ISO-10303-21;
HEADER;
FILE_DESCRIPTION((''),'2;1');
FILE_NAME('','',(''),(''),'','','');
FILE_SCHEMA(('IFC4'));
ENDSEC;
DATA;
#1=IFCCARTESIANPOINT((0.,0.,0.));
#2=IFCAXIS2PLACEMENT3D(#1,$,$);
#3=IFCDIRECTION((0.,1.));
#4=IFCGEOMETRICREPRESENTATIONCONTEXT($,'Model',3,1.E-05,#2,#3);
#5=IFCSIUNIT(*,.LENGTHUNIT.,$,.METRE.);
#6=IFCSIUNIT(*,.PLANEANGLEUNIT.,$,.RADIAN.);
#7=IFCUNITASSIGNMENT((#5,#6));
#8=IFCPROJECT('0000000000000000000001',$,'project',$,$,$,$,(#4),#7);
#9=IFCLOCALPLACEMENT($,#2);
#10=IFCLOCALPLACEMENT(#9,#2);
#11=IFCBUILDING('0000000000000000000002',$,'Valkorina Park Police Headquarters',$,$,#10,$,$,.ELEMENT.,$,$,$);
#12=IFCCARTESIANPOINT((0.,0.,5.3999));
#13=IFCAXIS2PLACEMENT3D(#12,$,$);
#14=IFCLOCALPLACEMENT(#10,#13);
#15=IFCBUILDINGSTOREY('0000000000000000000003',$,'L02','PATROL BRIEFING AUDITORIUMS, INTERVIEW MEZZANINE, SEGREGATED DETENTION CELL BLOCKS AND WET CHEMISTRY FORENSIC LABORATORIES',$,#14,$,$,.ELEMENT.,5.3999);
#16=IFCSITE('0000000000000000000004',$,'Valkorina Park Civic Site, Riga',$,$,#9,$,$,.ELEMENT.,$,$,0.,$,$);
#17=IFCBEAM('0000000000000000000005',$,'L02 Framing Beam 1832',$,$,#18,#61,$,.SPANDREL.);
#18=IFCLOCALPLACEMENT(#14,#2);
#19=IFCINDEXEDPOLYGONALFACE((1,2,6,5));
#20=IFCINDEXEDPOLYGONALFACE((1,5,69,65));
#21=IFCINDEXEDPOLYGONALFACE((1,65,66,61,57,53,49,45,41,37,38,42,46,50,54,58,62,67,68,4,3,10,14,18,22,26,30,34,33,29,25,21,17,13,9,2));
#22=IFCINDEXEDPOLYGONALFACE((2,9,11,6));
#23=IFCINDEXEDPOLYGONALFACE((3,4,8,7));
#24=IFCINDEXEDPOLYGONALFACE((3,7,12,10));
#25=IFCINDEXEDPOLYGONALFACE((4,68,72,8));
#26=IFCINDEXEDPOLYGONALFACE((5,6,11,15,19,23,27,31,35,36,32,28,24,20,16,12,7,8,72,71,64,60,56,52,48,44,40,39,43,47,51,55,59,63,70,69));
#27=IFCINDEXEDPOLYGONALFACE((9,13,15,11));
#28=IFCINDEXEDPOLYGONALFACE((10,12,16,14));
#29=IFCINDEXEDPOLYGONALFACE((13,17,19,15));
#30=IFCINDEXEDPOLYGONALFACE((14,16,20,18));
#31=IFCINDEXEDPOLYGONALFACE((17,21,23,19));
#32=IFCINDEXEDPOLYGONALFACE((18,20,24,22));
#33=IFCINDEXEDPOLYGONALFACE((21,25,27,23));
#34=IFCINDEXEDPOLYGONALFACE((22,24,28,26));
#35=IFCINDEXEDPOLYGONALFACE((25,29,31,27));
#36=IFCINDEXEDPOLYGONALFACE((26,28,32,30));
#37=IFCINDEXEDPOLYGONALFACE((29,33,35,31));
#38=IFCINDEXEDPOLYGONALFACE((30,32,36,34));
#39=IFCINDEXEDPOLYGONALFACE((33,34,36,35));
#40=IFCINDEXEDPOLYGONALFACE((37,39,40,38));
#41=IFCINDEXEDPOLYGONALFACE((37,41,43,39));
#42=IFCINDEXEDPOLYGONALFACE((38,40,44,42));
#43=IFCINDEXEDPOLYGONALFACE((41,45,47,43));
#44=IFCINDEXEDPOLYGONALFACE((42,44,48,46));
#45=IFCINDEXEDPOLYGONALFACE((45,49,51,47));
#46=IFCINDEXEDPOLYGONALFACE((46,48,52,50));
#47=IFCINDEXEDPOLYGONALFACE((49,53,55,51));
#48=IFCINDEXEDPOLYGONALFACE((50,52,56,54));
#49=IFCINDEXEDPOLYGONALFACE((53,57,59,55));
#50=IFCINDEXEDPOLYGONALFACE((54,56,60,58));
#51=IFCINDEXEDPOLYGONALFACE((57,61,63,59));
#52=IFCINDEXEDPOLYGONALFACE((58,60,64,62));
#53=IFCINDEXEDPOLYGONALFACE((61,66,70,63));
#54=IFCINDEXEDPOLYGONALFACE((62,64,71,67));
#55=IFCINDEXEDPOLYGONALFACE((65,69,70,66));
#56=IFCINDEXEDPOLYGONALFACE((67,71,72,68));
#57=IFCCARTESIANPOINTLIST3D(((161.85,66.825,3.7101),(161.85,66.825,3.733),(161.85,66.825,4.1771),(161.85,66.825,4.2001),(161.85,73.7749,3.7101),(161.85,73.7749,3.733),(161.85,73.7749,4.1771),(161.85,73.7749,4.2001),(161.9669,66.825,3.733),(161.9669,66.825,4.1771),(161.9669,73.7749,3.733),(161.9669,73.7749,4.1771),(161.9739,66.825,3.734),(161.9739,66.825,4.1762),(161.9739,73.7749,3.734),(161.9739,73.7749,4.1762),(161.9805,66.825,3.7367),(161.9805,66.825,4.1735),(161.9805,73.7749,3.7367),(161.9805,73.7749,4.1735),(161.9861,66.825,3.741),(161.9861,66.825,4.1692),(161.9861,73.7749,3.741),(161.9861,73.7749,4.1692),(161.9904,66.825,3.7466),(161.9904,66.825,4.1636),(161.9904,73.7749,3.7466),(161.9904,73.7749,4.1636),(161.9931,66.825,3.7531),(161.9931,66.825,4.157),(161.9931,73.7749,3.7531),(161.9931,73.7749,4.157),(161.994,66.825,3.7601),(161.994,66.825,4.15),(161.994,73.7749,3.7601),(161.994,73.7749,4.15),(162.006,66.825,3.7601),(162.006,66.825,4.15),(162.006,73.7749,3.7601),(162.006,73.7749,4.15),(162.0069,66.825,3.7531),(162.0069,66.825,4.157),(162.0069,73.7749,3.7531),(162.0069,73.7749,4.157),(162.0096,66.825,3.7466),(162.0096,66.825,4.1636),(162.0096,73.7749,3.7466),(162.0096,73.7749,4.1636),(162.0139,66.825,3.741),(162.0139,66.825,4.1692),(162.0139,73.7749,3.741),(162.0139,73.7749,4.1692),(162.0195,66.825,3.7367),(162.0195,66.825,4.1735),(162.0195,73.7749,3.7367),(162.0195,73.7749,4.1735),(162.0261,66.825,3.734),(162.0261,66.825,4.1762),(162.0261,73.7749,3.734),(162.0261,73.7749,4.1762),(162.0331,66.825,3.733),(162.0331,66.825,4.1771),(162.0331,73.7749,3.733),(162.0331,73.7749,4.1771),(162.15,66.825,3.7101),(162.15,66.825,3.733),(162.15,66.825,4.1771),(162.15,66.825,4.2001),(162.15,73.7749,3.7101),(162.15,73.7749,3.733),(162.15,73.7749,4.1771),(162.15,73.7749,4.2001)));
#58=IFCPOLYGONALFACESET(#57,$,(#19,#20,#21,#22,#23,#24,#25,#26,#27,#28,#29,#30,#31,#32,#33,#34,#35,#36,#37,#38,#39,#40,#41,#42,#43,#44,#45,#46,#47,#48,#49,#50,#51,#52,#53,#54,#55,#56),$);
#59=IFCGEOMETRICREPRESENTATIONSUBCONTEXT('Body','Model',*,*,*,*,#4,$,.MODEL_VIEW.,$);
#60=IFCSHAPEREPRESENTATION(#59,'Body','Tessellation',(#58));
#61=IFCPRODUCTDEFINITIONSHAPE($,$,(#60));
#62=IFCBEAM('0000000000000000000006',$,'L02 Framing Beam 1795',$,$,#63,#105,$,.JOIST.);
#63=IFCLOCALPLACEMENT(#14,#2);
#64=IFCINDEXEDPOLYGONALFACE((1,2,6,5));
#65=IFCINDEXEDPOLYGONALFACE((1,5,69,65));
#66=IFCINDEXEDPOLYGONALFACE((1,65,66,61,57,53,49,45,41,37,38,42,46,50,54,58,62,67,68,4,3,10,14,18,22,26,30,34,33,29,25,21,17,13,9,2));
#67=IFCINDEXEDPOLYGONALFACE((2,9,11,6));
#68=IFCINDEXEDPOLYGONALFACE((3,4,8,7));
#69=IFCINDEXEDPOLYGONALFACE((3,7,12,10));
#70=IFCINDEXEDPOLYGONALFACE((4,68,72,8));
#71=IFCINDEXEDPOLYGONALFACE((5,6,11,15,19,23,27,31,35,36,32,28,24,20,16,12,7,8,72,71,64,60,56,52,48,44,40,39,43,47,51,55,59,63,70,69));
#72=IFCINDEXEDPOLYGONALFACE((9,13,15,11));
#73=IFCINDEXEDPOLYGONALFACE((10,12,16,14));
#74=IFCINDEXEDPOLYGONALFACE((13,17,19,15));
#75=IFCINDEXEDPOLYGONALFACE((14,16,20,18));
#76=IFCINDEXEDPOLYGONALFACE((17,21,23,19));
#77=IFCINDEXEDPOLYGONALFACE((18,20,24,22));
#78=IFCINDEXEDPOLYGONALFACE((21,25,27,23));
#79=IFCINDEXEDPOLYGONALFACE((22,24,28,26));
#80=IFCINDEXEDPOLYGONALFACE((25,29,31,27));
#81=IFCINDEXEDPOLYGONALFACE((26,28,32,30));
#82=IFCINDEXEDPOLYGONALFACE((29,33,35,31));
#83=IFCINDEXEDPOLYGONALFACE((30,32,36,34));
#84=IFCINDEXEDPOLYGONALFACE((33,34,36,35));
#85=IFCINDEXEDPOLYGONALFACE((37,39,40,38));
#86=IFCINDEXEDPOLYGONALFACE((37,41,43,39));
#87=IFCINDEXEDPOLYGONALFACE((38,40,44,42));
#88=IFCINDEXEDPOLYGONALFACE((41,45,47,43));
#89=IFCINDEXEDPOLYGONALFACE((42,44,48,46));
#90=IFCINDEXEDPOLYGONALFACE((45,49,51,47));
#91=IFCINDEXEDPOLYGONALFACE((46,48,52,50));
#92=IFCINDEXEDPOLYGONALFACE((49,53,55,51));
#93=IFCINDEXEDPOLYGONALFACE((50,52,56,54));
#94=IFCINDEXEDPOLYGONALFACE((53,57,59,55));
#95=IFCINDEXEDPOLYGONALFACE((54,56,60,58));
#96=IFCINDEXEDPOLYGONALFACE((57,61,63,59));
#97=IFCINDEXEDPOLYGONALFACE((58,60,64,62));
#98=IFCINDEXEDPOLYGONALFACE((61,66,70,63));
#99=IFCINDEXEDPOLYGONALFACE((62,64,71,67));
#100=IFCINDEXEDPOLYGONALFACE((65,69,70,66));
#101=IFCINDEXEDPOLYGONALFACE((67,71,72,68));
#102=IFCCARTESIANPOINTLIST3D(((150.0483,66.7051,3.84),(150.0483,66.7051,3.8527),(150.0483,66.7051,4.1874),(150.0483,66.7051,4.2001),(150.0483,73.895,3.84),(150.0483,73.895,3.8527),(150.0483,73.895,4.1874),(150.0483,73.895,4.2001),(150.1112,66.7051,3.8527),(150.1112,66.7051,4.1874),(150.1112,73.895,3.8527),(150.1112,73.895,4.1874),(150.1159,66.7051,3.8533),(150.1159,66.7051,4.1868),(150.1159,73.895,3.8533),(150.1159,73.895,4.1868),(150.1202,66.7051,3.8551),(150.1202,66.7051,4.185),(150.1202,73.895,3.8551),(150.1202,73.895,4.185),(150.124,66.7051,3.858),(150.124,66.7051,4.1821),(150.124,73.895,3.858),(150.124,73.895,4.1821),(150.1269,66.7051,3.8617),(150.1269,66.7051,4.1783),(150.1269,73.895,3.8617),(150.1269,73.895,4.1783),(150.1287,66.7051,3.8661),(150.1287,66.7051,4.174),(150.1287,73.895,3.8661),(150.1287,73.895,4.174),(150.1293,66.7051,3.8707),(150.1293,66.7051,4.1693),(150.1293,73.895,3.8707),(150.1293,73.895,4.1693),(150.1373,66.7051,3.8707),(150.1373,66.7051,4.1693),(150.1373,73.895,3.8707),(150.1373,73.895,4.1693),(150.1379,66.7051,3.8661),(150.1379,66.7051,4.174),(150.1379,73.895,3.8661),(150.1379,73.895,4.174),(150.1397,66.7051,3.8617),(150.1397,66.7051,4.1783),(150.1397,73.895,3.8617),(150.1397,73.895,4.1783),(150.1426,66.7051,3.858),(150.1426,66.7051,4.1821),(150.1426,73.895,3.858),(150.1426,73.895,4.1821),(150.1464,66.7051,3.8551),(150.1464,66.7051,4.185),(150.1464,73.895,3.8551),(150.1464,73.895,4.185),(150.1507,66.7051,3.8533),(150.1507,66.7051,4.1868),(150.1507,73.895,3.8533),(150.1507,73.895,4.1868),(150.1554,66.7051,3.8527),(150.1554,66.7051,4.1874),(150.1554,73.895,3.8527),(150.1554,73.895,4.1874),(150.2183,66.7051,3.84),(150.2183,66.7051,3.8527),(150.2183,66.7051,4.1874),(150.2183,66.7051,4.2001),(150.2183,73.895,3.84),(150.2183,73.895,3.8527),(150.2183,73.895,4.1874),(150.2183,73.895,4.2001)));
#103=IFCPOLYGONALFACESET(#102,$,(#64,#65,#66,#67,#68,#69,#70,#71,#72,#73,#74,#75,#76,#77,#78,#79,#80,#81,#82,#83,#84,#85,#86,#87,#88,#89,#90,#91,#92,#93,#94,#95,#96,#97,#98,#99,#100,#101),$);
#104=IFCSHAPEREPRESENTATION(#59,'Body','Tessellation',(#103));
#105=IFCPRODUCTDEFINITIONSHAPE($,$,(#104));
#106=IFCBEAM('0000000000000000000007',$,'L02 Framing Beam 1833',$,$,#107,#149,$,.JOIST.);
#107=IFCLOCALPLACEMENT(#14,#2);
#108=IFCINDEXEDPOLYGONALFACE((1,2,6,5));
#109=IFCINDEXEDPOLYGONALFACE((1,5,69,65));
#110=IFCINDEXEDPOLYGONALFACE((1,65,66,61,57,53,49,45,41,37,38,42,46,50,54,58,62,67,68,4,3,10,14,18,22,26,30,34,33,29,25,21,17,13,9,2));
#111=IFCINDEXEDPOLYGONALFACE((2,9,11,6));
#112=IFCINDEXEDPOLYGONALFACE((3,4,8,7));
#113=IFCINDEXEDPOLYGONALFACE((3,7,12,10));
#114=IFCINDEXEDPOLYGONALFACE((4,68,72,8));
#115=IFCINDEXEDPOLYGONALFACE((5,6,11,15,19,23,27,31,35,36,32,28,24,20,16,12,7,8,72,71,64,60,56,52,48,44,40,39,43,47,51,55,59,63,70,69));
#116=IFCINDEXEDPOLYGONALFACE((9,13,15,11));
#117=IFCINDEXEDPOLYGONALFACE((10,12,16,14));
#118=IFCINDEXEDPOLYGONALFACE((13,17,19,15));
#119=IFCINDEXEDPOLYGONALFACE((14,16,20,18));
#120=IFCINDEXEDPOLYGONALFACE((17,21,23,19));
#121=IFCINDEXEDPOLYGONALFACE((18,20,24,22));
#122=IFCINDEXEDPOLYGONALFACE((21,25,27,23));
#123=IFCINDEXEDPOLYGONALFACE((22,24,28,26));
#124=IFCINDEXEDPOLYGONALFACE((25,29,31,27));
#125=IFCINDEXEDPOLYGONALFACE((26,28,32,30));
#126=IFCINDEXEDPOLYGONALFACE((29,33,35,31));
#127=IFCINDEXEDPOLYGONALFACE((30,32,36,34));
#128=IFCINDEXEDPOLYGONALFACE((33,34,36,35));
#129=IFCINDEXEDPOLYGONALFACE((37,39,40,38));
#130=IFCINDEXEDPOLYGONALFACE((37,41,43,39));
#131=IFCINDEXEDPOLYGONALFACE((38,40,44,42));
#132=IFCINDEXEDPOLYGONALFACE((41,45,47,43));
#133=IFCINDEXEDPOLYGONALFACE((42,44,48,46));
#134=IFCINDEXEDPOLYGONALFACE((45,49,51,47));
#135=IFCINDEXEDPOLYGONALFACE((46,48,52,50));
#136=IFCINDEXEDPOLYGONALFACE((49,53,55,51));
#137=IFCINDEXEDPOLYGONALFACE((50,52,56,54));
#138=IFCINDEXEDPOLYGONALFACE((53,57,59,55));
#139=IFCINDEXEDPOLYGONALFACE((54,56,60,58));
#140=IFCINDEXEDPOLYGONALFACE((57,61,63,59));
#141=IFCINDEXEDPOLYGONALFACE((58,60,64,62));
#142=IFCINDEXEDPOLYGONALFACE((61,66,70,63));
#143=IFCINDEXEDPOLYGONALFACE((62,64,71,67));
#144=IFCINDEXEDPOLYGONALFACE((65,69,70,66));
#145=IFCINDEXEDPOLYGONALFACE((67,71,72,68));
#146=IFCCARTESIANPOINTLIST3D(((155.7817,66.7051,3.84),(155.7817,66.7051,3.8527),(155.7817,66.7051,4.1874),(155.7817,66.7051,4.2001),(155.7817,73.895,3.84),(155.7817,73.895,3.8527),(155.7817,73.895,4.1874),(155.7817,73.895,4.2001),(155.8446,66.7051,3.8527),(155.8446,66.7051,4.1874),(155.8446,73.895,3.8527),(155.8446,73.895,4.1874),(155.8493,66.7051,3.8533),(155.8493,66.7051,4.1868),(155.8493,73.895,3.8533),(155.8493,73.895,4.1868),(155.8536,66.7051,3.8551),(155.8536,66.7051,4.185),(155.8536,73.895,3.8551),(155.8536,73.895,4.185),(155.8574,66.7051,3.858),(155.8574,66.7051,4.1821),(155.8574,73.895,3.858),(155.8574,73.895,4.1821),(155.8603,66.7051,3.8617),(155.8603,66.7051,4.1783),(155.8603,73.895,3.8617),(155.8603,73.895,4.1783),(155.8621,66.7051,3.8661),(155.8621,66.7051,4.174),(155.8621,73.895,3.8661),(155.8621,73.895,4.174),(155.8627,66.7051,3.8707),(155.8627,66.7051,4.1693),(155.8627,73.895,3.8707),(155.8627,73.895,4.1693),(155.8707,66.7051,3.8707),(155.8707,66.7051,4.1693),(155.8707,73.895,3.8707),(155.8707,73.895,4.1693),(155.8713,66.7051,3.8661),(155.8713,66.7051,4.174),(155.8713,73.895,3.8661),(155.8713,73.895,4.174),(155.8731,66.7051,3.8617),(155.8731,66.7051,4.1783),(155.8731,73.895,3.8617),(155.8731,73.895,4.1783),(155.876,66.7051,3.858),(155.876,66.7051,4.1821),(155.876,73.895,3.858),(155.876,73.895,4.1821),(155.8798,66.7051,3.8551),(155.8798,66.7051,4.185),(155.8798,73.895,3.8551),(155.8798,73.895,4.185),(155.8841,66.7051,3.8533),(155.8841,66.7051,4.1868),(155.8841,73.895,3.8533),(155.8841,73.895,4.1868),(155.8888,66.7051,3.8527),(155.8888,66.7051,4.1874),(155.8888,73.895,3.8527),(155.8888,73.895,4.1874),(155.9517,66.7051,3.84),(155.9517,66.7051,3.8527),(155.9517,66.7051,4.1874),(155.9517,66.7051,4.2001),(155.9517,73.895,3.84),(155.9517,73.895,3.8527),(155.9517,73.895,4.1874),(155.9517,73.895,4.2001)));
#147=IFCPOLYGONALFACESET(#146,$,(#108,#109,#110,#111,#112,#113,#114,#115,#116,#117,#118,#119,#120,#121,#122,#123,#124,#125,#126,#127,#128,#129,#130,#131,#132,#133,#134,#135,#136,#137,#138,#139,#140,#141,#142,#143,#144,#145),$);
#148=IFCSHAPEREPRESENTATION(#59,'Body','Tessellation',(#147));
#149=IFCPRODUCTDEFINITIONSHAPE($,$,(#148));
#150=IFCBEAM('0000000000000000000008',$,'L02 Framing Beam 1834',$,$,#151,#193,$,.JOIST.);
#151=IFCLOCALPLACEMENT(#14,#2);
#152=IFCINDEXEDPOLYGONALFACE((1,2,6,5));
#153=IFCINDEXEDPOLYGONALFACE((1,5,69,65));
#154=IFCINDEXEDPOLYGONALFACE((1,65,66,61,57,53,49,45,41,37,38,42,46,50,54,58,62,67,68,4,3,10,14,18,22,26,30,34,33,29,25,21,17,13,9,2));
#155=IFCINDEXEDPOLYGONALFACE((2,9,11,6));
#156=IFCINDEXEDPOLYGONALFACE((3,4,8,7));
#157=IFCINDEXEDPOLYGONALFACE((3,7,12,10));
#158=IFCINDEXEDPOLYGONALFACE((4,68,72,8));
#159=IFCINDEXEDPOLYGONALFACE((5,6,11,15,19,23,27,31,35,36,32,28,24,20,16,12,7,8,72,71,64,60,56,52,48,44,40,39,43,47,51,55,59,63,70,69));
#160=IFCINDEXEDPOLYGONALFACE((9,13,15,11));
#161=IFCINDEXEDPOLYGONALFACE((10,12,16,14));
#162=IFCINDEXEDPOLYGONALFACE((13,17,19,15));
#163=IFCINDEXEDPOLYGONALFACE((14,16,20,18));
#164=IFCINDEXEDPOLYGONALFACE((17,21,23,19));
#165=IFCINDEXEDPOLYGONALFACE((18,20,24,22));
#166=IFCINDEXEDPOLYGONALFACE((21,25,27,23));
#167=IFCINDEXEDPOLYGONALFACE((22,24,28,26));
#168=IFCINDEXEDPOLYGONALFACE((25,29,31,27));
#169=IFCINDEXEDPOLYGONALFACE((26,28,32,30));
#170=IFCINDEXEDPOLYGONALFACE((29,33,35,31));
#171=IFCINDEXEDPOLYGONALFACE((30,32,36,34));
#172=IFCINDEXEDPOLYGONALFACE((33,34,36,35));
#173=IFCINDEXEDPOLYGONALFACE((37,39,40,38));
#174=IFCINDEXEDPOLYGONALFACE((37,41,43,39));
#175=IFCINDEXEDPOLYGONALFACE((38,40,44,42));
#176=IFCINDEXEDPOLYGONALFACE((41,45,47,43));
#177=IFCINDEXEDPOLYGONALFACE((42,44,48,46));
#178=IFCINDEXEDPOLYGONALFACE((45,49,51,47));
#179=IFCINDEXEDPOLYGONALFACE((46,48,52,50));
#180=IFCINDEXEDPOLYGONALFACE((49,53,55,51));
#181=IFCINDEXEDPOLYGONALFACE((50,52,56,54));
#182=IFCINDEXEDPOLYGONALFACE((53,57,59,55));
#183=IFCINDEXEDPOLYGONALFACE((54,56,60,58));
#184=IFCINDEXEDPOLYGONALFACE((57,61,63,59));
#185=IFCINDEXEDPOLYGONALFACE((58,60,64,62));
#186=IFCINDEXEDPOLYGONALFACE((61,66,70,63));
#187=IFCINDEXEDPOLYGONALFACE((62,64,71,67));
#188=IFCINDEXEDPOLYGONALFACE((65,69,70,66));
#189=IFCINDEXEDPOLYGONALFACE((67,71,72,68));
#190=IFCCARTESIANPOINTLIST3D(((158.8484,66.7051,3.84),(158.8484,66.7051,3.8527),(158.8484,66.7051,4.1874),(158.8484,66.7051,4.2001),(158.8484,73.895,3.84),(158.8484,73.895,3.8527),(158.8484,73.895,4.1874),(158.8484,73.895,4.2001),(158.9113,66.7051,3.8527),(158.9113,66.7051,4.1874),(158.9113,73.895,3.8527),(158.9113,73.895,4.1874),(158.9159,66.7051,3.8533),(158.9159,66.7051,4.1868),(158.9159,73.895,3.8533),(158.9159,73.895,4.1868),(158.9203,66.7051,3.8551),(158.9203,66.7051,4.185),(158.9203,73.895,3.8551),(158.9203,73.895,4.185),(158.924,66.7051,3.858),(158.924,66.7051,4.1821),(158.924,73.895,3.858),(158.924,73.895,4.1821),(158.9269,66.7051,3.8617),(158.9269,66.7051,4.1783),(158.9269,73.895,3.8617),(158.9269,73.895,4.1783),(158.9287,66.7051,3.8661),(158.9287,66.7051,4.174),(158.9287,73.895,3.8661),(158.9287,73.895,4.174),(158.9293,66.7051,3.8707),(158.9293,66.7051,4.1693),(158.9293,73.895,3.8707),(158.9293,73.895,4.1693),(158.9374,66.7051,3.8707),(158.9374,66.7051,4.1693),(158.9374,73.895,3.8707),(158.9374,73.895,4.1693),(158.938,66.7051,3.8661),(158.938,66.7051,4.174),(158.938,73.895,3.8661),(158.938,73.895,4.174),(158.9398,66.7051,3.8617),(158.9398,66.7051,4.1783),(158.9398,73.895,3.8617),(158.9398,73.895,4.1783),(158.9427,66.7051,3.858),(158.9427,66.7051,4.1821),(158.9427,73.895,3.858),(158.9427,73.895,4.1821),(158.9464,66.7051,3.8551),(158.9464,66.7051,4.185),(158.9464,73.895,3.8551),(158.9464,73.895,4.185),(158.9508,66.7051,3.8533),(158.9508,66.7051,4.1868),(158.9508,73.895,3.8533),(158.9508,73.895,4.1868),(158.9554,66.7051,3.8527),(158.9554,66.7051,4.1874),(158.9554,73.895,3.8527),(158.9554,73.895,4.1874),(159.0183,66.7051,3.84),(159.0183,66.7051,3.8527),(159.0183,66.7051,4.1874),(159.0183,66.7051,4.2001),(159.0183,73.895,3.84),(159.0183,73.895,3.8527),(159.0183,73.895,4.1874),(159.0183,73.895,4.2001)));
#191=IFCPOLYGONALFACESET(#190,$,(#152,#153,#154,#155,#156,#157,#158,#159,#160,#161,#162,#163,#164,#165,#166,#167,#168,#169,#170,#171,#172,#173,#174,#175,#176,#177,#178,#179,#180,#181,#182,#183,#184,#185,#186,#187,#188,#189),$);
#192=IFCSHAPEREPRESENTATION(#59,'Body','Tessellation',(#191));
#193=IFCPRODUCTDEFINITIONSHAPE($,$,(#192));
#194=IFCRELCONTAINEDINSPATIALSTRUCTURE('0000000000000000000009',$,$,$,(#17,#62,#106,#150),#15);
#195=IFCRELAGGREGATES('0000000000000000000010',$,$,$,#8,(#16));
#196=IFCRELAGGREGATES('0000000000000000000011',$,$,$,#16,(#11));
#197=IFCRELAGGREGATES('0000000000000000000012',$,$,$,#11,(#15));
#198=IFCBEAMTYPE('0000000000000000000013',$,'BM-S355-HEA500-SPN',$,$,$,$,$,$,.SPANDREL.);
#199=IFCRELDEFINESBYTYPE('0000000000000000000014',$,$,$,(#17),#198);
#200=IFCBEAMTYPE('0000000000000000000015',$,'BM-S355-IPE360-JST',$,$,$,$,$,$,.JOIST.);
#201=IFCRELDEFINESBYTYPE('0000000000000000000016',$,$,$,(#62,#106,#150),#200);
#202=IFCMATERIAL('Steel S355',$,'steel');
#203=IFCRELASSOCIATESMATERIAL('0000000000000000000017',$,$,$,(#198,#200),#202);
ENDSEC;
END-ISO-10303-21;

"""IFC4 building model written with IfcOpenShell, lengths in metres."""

from ifc_helpers import new_model, si_unit, direction, frame, origin, origin_2d, place, context, subcontext, project, spatial, i_section, extrude, material, material_profile, profile_set, type_object, element, save


model = new_model("IFC4")

# Units and contexts
model_context = context("Model", 3, precision=1e-05, world=origin(), true_north=direction((0.0, 1.0)))
body_context = subcontext(model_context, "Body", "Model", "MODEL_VIEW")
ifc_project = project(units=[si_unit("LENGTHUNIT", "METRE"), si_unit("PLANEANGLEUNIT", "RADIAN")], contexts=[model_context])

# Site, building, storey
site_placement = place(None, origin())
site = spatial("IfcSite", under=ifc_project, at=site_placement, Name="Valkorina Park Civic Site, Riga", CompositionType="ELEMENT", RefElevation=0.0)
building_placement = place(site_placement, origin())
building = spatial("IfcBuilding", under=site, at=building_placement, Name="Valkorina Park Police Headquarters", CompositionType="ELEMENT")
storey_placement = place(building_placement, frame((0.0, 0.0, 5.3999)))
storey = spatial("IfcBuildingStorey", under=building, at=storey_placement, Name="L02", Description="PATROL BRIEFING AUDITORIUMS, INTERVIEW MEZZANINE, SEGREGATED DETENTION CELL BLOCKS AND WET CHEMISTRY FORENSIC LABORATORIES", CompositionType="ELEMENT", Elevation=5.3999)

# Shared definitions
ifc_material_1 = material(Name="Steel S355", Category="steel")

# Beams
ifc_material_profile_1 = material_profile(ifc_material_1, i_section(OverallWidth=0.3, OverallDepth=0.49, WebThickness=0.012, FlangeThickness=0.0229, FilletRadius=0.0271, at=origin_2d()), Name="HEA 500")
ifc_profile_set_1 = profile_set([ifc_material_profile_1], Name="Steel S355")
beam_type_1 = type_object("IfcBeamType", Name="BM-S355-HEA500-SPN", PredefinedType="SPANDREL", material=ifc_profile_set_1)
beam_1_placement = place(storey_placement, frame((162.0, 66.825, 3.9551), z_axis=(0.0, 1.0, 0.0), x_axis=(-1.0, 0.0, 0.0)))
element("IfcBeam", 1, at=beam_1_placement, inside=storey, type_object=beam_type_1, Name="L02 Framing Beam 1832", PredefinedType="SPANDREL", context=body_context, shape_type="SweptSolid", body=[
    extrude(i_section(OverallWidth=0.3, OverallDepth=0.49, WebThickness=0.012, FlangeThickness=0.0229, FilletRadius=0.0271, at=origin_2d()), origin(), (0.0, 0.0, 1.0), 6.95),
])
ifc_material_profile_2 = material_profile(ifc_material_1, i_section(OverallWidth=0.1699, OverallDepth=0.3601, WebThickness=0.0081, FlangeThickness=0.0127, FilletRadius=0.0181, at=origin_2d()), Name="IPE 360")
ifc_profile_set_2 = profile_set([ifc_material_profile_2], Name="Steel S355")
beam_type_2 = type_object("IfcBeamType", Name="BM-S355-IPE360-JST", PredefinedType="JOIST", material=ifc_profile_set_2)
for number, where, z_axis, x_axis, name in (
    (2, (150.1333, 66.7051, 4.02), (0.0, 1.0, 0.0), (-1.0, 0.0, 0.0), "L02 Framing Beam 1795"),
    (3, (155.8667, 66.7051, 4.02), (0.0, 1.0, 0.0), (-1.0, 0.0, 0.0), "L02 Framing Beam 1833"),
    (4, (158.9333, 66.7051, 4.02), (0.0, 1.0, 0.0), (-1.0, 0.0, 0.0), "L02 Framing Beam 1834"),
):
    element("IfcBeam", number, at=place(storey_placement, frame(where, z_axis=z_axis, x_axis=x_axis)), inside=storey, type_object=beam_type_2, Name=name, PredefinedType="JOIST", context=body_context, shape_type="SweptSolid", body=[
        extrude(i_section(OverallWidth=0.1699, OverallDepth=0.3601, WebThickness=0.0081, FlangeThickness=0.0127, FilletRadius=0.0181, at=origin_2d()), origin(), (0.0, 0.0, 1.0), 7.1899),
    ])

save(model, "model.ifc")
